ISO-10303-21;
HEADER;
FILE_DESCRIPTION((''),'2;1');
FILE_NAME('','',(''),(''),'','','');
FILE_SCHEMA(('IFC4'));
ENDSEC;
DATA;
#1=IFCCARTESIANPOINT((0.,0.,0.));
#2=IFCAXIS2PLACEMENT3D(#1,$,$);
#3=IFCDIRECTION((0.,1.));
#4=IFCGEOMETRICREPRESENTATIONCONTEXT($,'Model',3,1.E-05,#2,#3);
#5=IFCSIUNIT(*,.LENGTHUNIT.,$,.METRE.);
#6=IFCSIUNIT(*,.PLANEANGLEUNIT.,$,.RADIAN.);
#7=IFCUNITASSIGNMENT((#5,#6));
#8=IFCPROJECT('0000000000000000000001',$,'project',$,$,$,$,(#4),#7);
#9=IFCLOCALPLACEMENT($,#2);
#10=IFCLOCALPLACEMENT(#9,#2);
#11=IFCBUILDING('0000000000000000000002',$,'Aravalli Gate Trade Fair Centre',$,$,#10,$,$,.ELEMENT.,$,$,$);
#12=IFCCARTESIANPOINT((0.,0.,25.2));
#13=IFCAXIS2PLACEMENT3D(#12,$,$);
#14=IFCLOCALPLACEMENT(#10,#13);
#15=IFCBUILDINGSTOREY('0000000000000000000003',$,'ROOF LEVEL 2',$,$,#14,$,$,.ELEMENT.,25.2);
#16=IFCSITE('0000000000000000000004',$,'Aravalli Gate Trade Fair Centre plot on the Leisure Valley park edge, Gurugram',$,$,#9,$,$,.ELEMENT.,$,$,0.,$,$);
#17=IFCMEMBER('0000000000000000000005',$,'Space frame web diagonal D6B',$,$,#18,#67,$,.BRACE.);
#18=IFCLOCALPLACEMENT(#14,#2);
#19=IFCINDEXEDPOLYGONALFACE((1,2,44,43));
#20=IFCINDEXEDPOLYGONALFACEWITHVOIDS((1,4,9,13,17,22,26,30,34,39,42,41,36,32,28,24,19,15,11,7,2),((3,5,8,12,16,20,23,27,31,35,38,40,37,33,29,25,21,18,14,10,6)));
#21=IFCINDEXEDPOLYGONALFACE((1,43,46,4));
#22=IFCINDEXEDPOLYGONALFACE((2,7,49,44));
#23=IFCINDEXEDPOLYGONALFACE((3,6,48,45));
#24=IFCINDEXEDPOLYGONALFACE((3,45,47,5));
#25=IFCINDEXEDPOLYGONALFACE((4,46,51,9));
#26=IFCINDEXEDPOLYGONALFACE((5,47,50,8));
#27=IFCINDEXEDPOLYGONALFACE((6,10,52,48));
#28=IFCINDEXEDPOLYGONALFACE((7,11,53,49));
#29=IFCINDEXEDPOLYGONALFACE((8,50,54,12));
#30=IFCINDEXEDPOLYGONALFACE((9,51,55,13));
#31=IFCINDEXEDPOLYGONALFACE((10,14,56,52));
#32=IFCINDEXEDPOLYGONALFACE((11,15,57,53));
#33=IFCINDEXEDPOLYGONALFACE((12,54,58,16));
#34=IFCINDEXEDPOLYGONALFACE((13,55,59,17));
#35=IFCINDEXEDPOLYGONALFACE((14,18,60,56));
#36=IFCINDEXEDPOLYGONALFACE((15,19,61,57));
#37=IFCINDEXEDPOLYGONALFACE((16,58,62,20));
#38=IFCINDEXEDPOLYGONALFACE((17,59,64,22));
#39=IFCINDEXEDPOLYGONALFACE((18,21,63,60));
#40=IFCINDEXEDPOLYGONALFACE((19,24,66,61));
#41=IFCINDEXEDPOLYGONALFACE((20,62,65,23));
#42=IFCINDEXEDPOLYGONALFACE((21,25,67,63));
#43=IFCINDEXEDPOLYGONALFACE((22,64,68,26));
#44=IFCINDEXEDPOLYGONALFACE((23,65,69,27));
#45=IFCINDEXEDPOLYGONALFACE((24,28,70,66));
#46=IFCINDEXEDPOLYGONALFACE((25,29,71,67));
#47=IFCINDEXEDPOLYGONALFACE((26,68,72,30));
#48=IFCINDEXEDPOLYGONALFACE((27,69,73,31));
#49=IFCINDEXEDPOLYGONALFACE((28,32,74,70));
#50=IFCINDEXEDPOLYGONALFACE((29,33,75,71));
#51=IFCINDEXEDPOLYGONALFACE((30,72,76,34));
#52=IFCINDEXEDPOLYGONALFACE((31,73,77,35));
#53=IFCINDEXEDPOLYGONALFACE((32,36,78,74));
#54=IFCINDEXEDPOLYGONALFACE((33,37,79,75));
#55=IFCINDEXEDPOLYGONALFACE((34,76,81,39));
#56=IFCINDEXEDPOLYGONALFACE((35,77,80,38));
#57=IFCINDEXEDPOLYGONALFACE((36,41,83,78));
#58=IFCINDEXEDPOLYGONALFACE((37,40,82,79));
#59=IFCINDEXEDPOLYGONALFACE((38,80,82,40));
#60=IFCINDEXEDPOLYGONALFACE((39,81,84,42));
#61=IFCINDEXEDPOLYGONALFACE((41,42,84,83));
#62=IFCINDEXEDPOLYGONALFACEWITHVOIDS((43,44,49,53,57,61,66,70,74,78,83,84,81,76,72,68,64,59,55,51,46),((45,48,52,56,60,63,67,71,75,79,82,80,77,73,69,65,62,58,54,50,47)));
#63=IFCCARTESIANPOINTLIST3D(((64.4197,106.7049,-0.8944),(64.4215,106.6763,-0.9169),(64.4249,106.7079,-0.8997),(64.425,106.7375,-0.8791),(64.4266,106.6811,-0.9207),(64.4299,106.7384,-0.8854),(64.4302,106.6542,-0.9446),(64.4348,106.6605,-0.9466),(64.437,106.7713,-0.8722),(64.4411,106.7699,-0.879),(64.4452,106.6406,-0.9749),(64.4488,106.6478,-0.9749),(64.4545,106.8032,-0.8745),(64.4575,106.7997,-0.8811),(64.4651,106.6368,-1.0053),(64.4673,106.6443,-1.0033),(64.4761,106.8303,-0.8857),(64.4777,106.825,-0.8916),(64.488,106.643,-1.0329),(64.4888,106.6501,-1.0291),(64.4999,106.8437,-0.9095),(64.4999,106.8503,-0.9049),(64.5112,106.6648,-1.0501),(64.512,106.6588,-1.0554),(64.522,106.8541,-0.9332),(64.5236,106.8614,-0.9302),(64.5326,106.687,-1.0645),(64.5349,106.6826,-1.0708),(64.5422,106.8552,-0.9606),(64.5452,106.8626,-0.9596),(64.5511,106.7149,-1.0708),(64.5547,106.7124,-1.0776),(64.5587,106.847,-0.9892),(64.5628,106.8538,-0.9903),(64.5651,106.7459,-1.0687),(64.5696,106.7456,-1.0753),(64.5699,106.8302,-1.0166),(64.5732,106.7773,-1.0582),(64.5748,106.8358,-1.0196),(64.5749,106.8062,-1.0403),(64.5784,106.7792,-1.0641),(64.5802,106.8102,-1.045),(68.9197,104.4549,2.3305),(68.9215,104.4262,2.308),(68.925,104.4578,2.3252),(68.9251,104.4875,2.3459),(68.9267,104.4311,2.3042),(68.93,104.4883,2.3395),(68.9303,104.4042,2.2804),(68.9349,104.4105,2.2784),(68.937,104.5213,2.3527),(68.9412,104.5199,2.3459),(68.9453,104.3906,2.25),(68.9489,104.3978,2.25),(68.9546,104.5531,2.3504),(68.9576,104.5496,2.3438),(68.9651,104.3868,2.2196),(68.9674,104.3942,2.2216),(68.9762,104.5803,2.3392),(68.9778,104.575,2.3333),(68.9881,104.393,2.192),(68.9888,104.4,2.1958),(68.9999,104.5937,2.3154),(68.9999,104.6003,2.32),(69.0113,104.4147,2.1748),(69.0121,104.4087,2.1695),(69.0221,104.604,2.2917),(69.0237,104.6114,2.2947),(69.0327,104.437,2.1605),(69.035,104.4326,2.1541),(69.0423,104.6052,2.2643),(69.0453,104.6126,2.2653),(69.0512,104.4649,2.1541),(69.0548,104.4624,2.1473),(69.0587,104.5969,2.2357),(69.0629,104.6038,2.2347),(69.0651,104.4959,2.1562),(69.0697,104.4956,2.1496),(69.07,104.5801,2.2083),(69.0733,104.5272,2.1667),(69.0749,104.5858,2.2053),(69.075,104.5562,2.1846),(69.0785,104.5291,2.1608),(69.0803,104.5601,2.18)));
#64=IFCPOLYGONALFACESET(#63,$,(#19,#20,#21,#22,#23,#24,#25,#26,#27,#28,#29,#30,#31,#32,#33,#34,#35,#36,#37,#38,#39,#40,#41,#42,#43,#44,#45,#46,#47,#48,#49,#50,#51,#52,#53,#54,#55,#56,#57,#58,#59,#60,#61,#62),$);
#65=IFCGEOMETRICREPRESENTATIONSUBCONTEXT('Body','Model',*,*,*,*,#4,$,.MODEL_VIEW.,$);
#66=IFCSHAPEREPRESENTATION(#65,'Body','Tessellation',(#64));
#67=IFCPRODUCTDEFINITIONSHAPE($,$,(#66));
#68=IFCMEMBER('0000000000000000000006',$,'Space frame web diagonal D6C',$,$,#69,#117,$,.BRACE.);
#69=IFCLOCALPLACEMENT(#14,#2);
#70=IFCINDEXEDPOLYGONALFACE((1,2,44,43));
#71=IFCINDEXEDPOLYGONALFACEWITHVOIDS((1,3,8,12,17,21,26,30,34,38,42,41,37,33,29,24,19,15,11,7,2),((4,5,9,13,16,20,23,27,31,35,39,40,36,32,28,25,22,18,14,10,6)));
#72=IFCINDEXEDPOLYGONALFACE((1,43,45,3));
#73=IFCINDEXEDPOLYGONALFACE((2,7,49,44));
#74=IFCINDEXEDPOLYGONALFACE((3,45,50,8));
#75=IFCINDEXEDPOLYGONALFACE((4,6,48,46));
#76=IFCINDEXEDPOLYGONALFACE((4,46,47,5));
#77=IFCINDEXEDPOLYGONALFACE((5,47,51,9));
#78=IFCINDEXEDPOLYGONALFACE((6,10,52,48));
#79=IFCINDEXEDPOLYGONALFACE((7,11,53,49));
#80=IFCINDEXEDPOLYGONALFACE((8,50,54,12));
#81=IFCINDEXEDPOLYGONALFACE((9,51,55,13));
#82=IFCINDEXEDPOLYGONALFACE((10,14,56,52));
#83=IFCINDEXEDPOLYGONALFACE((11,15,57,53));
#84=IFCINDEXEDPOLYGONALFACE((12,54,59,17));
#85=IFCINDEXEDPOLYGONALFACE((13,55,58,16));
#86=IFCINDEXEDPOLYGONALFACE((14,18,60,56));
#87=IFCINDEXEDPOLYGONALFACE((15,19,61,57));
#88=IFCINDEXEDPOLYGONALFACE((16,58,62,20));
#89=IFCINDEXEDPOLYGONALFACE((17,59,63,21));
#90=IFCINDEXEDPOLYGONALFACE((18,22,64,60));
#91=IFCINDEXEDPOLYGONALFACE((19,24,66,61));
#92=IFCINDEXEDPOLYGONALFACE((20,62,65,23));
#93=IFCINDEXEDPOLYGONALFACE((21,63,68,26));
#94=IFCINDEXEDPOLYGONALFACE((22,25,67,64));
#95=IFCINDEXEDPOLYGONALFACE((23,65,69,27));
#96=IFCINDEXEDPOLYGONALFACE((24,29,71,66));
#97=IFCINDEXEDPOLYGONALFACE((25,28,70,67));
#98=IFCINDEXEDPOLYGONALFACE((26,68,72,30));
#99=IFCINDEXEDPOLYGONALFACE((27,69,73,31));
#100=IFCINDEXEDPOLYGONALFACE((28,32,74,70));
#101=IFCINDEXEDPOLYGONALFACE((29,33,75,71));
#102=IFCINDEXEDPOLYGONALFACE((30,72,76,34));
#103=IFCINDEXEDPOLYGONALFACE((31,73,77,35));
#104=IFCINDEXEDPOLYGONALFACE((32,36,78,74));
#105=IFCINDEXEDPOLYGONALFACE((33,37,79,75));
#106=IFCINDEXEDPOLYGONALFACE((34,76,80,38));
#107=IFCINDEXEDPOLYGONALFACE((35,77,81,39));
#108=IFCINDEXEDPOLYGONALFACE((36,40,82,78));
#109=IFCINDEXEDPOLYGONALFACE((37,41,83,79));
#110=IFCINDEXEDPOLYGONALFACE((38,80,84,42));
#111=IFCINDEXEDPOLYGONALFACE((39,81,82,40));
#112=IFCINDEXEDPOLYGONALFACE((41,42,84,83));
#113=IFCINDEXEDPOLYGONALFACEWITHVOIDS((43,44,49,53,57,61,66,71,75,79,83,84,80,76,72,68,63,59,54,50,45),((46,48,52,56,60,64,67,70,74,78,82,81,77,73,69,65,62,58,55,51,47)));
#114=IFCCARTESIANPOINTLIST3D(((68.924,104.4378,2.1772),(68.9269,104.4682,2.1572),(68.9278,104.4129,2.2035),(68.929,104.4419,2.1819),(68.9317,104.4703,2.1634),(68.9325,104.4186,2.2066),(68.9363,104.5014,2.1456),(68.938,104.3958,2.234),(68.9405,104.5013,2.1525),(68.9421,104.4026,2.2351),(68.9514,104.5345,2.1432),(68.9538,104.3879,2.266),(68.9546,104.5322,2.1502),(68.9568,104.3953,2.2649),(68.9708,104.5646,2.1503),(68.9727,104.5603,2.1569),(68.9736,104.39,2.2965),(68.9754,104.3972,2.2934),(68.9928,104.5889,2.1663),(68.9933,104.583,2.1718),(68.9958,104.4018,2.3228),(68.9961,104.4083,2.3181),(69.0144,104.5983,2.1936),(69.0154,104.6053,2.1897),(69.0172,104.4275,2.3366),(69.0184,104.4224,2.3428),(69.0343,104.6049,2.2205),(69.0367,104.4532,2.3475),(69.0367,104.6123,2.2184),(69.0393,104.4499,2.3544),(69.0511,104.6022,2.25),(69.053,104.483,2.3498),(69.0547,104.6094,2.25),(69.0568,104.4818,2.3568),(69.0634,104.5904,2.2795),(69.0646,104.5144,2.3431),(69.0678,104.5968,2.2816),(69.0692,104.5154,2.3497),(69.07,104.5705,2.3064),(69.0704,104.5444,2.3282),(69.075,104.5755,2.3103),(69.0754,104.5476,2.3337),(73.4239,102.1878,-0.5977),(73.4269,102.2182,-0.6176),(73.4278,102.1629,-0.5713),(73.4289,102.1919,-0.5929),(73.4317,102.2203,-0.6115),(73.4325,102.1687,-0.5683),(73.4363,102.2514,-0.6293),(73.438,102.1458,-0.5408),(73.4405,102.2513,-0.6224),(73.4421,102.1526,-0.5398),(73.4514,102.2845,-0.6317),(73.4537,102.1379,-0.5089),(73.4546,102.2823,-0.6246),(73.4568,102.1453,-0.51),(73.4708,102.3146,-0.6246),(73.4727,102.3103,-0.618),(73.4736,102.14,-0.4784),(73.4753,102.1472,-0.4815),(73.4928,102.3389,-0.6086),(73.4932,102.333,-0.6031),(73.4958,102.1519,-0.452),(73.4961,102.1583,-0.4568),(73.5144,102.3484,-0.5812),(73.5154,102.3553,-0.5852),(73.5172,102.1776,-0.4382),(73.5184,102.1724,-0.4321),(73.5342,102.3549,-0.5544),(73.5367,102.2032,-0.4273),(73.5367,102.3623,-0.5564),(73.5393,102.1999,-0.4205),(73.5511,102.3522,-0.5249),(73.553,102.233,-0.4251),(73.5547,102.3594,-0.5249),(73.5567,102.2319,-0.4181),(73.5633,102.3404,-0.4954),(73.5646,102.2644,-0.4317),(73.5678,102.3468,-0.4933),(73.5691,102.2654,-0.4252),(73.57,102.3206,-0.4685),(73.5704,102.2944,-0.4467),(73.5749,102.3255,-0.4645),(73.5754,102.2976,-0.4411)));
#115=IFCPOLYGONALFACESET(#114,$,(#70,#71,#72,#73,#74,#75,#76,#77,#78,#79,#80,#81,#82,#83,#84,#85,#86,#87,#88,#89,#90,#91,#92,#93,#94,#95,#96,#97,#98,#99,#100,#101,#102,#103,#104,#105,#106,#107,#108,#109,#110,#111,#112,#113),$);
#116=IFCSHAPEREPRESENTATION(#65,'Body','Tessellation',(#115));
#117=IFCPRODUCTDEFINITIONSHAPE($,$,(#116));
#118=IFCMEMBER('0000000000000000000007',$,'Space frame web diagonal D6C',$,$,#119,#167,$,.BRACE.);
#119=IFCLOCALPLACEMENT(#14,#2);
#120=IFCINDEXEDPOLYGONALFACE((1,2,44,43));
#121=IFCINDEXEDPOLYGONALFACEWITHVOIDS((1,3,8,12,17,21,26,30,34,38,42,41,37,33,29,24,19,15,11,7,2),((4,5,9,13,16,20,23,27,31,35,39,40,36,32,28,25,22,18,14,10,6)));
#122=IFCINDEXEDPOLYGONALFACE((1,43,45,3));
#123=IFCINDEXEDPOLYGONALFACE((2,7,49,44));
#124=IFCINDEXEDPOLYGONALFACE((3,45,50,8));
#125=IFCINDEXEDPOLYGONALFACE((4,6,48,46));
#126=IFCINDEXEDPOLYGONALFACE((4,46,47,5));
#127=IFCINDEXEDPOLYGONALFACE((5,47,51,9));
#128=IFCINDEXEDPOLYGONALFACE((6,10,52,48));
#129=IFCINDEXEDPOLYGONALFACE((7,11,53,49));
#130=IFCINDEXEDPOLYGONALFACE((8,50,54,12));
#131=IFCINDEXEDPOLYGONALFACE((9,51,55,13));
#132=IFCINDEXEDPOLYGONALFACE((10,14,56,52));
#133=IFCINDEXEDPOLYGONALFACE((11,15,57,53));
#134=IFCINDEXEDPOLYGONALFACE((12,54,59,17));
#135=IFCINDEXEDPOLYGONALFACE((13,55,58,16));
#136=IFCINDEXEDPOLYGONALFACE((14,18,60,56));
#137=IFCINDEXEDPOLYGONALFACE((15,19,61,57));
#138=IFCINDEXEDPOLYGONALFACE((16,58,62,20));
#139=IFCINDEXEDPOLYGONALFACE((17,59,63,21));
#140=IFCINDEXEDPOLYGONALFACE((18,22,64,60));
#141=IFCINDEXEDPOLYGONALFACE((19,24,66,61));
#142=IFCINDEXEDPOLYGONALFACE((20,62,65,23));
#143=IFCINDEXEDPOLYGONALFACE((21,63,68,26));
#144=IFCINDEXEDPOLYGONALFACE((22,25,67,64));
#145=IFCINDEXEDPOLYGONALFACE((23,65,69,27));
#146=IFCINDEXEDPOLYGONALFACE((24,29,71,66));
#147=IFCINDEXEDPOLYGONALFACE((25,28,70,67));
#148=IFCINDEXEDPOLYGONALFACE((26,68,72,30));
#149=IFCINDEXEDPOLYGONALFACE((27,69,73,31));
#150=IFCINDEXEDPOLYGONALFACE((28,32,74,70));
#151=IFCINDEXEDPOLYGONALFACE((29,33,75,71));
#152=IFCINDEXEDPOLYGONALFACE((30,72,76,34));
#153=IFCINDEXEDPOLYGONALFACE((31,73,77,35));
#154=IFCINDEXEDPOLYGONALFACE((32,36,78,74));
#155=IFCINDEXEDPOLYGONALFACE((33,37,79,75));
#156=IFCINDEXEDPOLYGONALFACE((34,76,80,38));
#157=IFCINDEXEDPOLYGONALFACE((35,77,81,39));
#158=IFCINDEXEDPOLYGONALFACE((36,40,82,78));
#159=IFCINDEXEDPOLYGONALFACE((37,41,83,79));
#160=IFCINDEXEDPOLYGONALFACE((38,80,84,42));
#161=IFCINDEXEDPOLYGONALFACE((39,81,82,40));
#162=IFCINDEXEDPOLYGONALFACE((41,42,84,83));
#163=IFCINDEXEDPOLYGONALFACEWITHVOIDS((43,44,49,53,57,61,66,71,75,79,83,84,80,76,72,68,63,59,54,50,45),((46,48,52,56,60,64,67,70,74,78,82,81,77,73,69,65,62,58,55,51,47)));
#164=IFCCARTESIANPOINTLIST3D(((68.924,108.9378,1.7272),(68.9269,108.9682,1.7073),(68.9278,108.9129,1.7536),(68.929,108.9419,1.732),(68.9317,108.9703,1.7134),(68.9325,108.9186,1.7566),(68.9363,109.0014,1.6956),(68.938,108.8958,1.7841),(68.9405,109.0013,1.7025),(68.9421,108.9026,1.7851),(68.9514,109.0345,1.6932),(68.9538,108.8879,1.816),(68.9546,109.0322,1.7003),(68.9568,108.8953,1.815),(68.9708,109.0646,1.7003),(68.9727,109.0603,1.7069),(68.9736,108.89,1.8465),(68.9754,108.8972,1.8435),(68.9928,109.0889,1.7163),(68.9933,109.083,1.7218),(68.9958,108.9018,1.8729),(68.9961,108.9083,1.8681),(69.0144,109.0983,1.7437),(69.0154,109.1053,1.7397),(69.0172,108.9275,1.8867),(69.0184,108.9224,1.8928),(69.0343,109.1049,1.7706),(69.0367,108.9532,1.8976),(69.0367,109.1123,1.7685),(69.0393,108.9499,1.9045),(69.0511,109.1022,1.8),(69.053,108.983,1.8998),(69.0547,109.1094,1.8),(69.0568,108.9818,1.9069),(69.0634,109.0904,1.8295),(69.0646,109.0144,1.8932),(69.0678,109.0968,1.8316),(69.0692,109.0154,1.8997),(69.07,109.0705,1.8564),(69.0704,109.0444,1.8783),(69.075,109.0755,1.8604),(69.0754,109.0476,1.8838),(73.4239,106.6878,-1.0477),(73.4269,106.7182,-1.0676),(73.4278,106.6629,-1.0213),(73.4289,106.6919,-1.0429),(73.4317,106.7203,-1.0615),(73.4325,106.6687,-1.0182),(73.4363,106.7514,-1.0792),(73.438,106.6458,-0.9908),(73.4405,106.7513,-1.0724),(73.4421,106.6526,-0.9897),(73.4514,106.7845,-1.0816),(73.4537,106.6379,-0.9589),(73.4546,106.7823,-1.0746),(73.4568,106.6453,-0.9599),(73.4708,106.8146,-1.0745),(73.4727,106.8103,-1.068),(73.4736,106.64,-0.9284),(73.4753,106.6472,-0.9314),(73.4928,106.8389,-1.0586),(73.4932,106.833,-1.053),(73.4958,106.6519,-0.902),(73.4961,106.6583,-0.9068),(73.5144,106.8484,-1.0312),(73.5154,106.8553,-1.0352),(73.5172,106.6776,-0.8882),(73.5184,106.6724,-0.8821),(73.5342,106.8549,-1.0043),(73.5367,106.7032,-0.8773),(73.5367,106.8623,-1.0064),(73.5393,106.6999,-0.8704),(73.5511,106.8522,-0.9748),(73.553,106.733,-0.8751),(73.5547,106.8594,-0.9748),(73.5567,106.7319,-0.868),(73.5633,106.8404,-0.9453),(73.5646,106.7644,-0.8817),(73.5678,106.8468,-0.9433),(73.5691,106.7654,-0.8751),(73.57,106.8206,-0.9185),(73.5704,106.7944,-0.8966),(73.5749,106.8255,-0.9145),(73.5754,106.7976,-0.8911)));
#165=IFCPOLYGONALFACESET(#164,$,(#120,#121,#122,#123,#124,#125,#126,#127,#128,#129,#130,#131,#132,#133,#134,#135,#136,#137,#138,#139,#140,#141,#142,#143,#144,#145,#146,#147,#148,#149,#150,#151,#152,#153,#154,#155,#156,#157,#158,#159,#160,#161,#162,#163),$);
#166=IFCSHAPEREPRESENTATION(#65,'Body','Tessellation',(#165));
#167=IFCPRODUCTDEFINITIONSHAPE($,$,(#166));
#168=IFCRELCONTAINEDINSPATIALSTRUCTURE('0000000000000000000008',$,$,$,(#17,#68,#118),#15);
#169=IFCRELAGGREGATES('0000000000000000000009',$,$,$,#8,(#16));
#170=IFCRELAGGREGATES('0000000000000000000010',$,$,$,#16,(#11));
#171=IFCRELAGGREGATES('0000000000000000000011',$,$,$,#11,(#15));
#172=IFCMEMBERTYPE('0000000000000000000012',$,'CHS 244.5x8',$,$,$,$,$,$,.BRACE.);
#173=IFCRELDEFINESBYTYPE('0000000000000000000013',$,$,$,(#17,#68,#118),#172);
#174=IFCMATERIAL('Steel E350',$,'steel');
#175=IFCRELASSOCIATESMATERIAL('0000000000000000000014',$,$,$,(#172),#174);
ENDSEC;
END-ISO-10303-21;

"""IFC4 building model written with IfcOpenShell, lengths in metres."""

from ifc_helpers import new_model, si_unit, direction, frame, origin, origin_2d, place, context, subcontext, project, spatial, hollow_circle, extrude, material, material_profile, profile_set, type_object, element, save


model = new_model("IFC4")

# Units and contexts
model_context = context("Model", 3, precision=1e-05, world=origin(), true_north=direction((0.0, 1.0)))
body_context = subcontext(model_context, "Body", "Model", "MODEL_VIEW")
ifc_project = project(units=[si_unit("LENGTHUNIT", "METRE"), si_unit("PLANEANGLEUNIT", "RADIAN")], contexts=[model_context])

# Site, building, storey
site_placement = place(None, origin())
site = spatial("IfcSite", under=ifc_project, at=site_placement, Name="Aravalli Gate Trade Fair Centre plot on the Leisure Valley park edge, Gurugram", CompositionType="ELEMENT", RefElevation=0.0)
building_placement = place(site_placement, origin())
building = spatial("IfcBuilding", under=site, at=building_placement, Name="Aravalli Gate Trade Fair Centre", CompositionType="ELEMENT")
storey_placement = place(building_placement, frame((0.0, 0.0, 25.2)))
storey = spatial("IfcBuildingStorey", under=building, at=storey_placement, Name="ROOF LEVEL 2", CompositionType="ELEMENT", Elevation=25.2)

# Members
ifc_material_1 = material(Name="Steel E350", Category="steel")
ifc_material_profile_1 = material_profile(ifc_material_1, hollow_circle(Radius=0.1223, WallThickness=0.0081, at=origin_2d()), Name="CHS 244.5x8")
ifc_profile_set_1 = profile_set([ifc_material_profile_1], Name="Steel E350")
member_type_1 = type_object("IfcMemberType", Name="CHS 244.5x8", PredefinedType="BRACE", material=ifc_profile_set_1)
member_1_placement = place(storey_placement, frame((69.0, 104.5, 2.25), z_axis=(-0.753016, 0.376508, -0.539637), x_axis=(-0.447214, -0.894427, 0.0)))
element("IfcMember", 1, at=member_1_placement, inside=storey, type_object=member_type_1, Name="Space frame web diagonal D6B", PredefinedType="BRACE", context=body_context, shape_type="SweptSolid", body=[
    extrude(hollow_circle(Radius=0.1223, WallThickness=0.0081, at=origin_2d()), origin(), (0.0, 0.0, 1.0), 5.9761),
])
for number, where, z_axis, x_axis, name in (
    (2, (69.0, 104.5, 2.25), (0.7832, -0.3916, -0.482956), (0.447214, 0.894427, 0.0), "Space frame web diagonal D6C"),
    (3, (69.0, 109.0, 1.8), (0.7832, -0.3916, -0.482956), (0.447214, 0.894427, 0.0), "Space frame web diagonal D6C"),
):
    element("IfcMember", number, at=place(storey_placement, frame(where, z_axis=z_axis, x_axis=x_axis)), inside=storey, type_object=member_type_1, Name=name, PredefinedType="BRACE", context=body_context, shape_type="SweptSolid", body=[
        extrude(hollow_circle(Radius=0.1223, WallThickness=0.0081, at=origin_2d()), origin(), (0.0, 0.0, 1.0), 5.7456),
    ])

save(model, "model.ifc")
